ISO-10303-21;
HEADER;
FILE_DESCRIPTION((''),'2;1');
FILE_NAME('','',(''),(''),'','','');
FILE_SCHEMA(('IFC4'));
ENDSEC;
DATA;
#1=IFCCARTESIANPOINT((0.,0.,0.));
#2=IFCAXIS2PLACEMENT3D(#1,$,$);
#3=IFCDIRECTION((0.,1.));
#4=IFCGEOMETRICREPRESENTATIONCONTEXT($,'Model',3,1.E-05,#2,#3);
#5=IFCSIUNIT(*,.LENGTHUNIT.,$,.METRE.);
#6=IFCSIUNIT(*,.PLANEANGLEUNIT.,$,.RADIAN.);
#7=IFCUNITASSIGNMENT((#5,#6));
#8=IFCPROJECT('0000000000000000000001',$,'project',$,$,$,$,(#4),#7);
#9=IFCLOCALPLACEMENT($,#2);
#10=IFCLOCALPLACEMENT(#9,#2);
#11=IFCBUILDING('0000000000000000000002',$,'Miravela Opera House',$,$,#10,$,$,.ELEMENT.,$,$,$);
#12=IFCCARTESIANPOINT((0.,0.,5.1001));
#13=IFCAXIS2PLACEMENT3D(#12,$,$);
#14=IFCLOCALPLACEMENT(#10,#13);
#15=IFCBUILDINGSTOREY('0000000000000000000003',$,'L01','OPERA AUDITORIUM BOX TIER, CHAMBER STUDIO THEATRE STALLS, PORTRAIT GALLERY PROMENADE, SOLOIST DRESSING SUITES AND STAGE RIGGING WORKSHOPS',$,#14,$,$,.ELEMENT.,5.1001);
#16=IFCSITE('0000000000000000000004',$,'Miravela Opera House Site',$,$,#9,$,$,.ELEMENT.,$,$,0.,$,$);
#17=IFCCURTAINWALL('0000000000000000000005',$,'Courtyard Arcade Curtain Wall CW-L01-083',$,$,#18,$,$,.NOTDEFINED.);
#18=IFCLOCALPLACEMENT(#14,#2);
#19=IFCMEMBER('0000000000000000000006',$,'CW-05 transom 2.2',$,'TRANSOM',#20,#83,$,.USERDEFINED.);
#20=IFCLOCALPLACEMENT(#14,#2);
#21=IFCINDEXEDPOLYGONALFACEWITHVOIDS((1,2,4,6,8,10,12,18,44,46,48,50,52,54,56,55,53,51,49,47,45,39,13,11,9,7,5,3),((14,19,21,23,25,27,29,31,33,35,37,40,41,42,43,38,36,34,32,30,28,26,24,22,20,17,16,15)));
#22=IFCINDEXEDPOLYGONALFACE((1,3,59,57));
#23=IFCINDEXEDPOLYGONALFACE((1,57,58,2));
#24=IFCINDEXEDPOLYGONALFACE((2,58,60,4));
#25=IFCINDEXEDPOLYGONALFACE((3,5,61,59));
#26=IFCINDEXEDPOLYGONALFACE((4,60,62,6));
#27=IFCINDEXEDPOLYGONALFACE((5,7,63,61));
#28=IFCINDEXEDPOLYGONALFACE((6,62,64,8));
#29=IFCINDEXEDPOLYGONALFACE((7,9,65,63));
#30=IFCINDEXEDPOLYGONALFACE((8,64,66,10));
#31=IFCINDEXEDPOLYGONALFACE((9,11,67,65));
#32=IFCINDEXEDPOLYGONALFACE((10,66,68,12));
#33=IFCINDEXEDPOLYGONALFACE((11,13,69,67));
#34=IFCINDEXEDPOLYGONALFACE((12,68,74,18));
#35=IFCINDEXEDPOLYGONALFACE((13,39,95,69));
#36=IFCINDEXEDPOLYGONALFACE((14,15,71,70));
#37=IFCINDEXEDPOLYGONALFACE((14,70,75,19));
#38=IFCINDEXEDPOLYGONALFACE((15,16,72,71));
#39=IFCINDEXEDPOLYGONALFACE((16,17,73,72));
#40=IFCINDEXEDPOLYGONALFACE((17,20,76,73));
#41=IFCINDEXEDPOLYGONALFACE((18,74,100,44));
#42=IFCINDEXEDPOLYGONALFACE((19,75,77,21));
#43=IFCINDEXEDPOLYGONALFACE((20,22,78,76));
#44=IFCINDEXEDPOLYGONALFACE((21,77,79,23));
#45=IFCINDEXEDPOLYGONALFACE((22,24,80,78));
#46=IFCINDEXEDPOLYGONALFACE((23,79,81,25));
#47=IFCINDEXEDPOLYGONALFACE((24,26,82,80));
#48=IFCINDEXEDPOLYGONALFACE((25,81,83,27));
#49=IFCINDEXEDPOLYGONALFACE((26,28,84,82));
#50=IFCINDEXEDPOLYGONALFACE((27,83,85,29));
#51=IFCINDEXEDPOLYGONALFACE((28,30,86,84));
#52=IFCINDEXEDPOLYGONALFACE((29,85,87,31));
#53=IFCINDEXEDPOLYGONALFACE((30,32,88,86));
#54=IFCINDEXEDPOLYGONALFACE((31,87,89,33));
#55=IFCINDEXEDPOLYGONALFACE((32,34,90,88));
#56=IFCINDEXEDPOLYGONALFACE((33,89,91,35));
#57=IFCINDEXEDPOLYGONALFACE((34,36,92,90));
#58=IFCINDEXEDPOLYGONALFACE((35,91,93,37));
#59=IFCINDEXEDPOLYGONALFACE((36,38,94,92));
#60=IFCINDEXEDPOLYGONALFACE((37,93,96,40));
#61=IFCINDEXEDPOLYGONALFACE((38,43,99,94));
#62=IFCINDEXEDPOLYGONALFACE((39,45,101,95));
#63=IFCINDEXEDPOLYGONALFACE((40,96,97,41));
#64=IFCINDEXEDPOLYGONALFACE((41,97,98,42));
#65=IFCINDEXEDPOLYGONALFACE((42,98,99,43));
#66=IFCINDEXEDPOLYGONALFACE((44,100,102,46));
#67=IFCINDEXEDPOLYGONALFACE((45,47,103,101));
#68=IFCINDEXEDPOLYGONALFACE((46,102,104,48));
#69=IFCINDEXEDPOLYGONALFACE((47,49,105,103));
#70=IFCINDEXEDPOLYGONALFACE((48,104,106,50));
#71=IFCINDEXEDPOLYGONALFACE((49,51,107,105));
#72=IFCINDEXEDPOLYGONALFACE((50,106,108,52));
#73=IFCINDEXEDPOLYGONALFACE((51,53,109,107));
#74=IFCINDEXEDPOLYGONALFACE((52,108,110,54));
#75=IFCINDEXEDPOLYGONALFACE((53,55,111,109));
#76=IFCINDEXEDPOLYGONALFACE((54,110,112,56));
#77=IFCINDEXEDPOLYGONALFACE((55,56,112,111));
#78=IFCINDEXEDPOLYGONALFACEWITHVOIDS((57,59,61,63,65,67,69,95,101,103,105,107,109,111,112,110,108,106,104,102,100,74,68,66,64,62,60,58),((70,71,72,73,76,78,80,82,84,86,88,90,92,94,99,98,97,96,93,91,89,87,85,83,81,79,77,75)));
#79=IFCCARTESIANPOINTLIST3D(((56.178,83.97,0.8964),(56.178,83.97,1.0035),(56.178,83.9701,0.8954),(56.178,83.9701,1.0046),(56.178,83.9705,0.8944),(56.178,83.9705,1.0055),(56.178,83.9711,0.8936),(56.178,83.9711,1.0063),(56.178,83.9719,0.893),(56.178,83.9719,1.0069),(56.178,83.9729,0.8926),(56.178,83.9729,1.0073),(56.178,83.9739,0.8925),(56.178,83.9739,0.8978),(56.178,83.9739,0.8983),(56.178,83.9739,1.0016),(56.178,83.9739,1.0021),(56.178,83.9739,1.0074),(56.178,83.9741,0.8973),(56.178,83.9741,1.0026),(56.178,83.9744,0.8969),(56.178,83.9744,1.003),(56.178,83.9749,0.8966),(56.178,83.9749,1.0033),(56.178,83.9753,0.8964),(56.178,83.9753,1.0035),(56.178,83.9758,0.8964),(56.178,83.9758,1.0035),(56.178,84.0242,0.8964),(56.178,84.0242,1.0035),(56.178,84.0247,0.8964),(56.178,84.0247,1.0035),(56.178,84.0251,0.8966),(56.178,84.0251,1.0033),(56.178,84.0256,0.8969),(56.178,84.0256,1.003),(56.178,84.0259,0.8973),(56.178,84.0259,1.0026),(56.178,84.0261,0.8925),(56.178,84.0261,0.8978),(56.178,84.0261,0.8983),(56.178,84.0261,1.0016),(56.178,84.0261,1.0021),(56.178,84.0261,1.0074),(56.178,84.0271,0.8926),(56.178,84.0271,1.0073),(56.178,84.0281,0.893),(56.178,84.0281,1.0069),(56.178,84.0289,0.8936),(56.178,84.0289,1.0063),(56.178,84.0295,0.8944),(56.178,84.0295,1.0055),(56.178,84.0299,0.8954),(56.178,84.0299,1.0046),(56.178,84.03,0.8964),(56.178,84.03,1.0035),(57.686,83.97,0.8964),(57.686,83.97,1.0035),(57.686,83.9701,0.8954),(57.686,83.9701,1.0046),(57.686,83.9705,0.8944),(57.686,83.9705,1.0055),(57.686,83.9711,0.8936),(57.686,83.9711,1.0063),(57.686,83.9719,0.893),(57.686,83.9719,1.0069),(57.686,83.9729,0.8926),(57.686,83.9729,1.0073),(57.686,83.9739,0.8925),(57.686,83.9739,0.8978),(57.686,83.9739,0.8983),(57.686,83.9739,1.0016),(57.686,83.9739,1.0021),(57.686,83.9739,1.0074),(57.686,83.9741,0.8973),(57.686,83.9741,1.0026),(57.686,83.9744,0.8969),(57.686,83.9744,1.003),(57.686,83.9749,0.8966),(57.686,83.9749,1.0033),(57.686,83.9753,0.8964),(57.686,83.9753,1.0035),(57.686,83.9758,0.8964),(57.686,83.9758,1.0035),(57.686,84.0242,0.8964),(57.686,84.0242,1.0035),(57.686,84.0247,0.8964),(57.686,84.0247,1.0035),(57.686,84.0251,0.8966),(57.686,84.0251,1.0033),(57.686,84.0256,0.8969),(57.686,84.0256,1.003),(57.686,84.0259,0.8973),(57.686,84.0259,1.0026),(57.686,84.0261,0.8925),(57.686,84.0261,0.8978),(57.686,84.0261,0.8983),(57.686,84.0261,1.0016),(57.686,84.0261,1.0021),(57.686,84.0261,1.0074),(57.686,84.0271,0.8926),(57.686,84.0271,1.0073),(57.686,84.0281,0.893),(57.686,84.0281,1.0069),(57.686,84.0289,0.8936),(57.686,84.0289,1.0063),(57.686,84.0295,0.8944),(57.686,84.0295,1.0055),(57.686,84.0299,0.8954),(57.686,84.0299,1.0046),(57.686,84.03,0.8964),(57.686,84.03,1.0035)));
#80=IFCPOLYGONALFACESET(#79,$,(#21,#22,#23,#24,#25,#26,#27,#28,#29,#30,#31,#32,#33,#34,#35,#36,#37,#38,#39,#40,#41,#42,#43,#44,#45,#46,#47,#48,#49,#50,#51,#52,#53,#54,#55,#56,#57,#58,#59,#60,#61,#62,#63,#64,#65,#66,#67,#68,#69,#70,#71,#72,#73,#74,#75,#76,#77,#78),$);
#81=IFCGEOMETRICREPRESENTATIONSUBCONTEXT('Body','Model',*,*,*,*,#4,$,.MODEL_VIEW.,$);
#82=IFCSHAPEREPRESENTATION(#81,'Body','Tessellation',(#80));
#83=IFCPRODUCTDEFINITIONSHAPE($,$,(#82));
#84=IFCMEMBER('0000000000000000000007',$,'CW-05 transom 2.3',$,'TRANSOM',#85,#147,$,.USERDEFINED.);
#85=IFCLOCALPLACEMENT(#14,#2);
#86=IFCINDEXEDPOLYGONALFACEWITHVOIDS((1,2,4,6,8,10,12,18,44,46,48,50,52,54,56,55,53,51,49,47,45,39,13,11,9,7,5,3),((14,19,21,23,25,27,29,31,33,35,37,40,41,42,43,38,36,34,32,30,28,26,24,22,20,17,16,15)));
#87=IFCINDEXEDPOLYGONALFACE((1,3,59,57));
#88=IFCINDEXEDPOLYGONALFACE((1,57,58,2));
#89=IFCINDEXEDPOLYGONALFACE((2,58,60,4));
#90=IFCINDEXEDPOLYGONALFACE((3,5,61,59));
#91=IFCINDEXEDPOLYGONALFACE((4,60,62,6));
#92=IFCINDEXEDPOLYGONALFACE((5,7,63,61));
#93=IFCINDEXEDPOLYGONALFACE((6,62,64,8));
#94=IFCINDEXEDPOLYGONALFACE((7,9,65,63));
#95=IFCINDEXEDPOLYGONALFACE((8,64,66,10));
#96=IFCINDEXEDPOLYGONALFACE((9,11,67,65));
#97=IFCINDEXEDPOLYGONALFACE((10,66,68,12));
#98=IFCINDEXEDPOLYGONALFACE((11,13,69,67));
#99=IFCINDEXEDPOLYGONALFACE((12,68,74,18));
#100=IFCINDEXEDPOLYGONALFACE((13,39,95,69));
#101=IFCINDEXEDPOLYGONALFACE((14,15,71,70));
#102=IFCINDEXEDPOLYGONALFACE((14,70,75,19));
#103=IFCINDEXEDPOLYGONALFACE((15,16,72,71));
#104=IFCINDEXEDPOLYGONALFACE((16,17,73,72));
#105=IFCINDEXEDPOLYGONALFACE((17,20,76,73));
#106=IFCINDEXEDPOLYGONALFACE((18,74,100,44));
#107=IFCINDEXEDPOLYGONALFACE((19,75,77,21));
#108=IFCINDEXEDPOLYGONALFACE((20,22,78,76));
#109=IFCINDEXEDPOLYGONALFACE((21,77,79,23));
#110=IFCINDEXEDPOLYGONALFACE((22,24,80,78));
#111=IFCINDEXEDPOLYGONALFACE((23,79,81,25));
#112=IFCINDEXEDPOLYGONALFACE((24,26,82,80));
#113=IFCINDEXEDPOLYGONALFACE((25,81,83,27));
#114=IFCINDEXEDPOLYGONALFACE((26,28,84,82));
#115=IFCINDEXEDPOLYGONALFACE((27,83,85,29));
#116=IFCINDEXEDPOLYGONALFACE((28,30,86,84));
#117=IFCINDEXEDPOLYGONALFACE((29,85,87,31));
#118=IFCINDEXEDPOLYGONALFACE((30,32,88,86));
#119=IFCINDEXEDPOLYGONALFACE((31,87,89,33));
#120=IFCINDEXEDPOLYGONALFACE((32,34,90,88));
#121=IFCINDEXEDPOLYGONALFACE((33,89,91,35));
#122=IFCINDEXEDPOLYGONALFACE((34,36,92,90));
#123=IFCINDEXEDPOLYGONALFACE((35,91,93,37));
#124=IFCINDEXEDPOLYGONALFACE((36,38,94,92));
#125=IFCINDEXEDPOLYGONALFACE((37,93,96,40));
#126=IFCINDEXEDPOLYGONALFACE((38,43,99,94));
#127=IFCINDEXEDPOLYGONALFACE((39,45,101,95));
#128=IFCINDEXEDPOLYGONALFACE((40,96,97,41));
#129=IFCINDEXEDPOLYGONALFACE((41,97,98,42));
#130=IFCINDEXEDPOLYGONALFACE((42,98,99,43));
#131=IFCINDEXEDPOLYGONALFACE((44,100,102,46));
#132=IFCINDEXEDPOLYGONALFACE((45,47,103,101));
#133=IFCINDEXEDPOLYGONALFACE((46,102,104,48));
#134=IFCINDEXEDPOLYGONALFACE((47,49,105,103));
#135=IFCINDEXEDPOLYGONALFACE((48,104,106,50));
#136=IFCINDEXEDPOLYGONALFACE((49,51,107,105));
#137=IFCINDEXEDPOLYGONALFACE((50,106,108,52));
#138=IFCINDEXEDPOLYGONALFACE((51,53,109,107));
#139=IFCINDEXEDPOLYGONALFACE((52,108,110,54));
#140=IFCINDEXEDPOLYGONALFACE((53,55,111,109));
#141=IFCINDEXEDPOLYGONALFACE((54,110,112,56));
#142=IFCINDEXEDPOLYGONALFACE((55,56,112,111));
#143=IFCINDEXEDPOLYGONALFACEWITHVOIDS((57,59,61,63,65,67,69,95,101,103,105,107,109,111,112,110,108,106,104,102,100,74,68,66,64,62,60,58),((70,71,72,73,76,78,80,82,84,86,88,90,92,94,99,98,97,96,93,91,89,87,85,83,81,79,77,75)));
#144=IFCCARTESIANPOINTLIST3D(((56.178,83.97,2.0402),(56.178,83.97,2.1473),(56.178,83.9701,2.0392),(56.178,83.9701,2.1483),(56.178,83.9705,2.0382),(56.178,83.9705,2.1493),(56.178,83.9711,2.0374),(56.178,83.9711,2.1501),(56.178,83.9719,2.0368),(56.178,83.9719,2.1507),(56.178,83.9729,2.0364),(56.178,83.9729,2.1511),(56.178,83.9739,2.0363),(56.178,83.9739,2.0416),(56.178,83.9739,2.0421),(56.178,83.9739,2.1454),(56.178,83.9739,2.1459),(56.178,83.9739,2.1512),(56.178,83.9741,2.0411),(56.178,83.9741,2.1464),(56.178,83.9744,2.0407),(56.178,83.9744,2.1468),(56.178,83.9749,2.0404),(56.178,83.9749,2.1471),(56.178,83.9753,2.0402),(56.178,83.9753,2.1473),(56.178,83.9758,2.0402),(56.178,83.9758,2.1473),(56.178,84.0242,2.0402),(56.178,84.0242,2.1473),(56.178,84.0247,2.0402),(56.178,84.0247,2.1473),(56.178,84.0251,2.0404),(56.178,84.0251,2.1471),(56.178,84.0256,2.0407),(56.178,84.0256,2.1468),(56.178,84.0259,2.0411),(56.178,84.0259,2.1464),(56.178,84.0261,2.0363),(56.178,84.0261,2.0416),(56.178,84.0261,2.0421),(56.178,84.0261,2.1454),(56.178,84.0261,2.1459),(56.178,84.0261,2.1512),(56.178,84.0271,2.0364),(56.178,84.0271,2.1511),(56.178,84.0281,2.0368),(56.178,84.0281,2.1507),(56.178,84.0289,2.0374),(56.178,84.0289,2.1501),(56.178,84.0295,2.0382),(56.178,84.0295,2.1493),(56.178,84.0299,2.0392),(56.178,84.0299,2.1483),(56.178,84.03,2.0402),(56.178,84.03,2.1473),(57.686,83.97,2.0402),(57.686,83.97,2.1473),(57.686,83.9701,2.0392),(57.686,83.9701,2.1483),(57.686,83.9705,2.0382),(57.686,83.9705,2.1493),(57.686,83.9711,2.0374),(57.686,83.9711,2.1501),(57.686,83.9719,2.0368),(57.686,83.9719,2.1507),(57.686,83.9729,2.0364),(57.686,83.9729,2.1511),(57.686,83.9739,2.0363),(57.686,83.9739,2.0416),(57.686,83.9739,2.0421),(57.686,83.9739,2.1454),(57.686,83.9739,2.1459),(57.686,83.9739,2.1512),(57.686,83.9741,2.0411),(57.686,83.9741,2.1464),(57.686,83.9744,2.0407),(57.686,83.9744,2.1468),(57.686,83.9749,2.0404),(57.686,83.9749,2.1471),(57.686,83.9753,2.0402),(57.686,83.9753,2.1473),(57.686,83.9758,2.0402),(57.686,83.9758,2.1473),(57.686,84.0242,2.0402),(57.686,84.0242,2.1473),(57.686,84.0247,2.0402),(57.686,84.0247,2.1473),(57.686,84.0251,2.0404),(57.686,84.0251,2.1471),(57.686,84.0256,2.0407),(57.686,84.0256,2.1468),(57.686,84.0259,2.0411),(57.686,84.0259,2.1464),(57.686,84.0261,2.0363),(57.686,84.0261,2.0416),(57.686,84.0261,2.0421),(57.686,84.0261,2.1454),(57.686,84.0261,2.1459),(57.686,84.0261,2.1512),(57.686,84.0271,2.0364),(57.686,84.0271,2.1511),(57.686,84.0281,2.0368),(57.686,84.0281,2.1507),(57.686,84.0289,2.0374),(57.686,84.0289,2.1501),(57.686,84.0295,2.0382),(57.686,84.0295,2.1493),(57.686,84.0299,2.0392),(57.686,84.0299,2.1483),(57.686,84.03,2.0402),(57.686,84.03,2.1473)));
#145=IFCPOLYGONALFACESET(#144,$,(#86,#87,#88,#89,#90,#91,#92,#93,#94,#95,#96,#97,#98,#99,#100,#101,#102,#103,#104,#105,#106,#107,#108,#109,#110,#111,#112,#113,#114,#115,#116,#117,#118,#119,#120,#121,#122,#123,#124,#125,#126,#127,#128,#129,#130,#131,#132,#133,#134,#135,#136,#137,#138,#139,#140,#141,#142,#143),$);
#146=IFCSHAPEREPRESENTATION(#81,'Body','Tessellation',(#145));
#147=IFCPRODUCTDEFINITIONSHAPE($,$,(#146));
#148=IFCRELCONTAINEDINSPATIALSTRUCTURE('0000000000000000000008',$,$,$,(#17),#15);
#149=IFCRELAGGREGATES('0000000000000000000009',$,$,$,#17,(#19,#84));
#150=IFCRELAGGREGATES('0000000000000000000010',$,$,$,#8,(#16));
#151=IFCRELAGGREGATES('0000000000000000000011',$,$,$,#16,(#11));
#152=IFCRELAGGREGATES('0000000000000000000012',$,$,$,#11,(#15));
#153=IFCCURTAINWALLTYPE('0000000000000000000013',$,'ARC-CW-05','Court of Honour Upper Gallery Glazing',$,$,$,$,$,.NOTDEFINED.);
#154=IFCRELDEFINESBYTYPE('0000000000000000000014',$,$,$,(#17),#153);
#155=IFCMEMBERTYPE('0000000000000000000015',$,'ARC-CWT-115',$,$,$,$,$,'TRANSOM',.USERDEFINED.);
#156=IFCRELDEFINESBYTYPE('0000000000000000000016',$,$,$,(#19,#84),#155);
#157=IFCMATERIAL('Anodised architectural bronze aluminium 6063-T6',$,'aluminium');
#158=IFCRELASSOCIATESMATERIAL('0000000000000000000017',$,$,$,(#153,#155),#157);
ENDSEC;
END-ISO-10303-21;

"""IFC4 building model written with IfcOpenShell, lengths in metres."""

from ifc_helpers import new_model, si_unit, direction, frame, origin, origin_2d, place, context, subcontext, project, spatial, hollow_rectangle, extrude, material, material_profile, profile_set, type_object, element, aggregate, save


model = new_model("IFC4")

# Units and contexts
model_context = context("Model", 3, precision=1e-05, world=origin(), true_north=direction((0.0, 1.0)))
body_context = subcontext(model_context, "Body", "Model", "MODEL_VIEW")
ifc_project = project(units=[si_unit("LENGTHUNIT", "METRE"), si_unit("PLANEANGLEUNIT", "RADIAN")], contexts=[model_context])

# Site, building, storey
site_placement = place(None, origin())
site = spatial("IfcSite", under=ifc_project, at=site_placement, Name="Miravela Opera House Site", CompositionType="ELEMENT", RefElevation=0.0)
building_placement = place(site_placement, origin())
building = spatial("IfcBuilding", under=site, at=building_placement, Name="Miravela Opera House", CompositionType="ELEMENT")
storey_placement = place(building_placement, frame((0.0, 0.0, 5.1001)))
storey = spatial("IfcBuildingStorey", under=building, at=storey_placement, Name="L01", Description="OPERA AUDITORIUM BOX TIER, CHAMBER STUDIO THEATRE STALLS, PORTRAIT GALLERY PROMENADE, SOLOIST DRESSING SUITES AND STAGE RIGGING WORKSHOPS", CompositionType="ELEMENT", Elevation=5.1001)

# Curtain wall, members
ifc_material_1 = material(Name="Anodised architectural bronze aluminium 6063-T6", Category="aluminium")
curtain_wall_type = type_object("IfcCurtainWallType", Name="ARC-CW-05", Description="Court of Honour Upper Gallery Glazing", PredefinedType="NOTDEFINED", material=ifc_material_1)
curtain_wall_placement = place(storey_placement, origin())
curtain_wall = element("IfcCurtainWall", 1, at=curtain_wall_placement, inside=storey, type_object=curtain_wall_type, Name="Courtyard Arcade Curtain Wall CW-L01-083", PredefinedType="NOTDEFINED")
ifc_material_profile_1 = material_profile(ifc_material_1, hollow_rectangle(XDim=0.0601, YDim=0.115, WallThickness=0.0039, InnerFilletRadius=0.002, OuterFilletRadius=0.0039, at=origin_2d()), Name="CWT-60X115")
ifc_profile_set_1 = profile_set([ifc_material_profile_1])
member_type_1 = type_object("IfcMemberType", Name="ARC-CWT-115", ElementType="TRANSOM", PredefinedType="USERDEFINED", material=ifc_profile_set_1)
member_1_placement = place(storey_placement, frame((56.178, 84.0, 0.95), z_axis=(1.0, 0.0, 0.0), x_axis=(0.0, 1.0, 0.0)))
member_1 = element("IfcMember", 2, at=member_1_placement, type_object=member_type_1, Name="CW-05 transom 2.2", ObjectType="TRANSOM", PredefinedType="USERDEFINED", context=body_context, shape_type="SweptSolid", body=[
    extrude(hollow_rectangle(XDim=0.0601, YDim=0.115, WallThickness=0.0039, InnerFilletRadius=0.002, OuterFilletRadius=0.0039, at=origin_2d()), origin(), (0.0, 0.0, 1.0), 1.5081),
])
member_2_placement = place(storey_placement, frame((56.178, 84.0, 2.0938), z_axis=(1.0, 0.0, 0.0), x_axis=(0.0, 1.0, 0.0)))
member_2 = element("IfcMember", 3, at=member_2_placement, type_object=member_type_1, Name="CW-05 transom 2.3", ObjectType="TRANSOM", PredefinedType="USERDEFINED", context=body_context, shape_type="SweptSolid", body=[
    extrude(hollow_rectangle(XDim=0.0601, YDim=0.115, WallThickness=0.0039, InnerFilletRadius=0.002, OuterFilletRadius=0.0039, at=origin_2d()), origin(), (0.0, 0.0, 1.0), 1.5081),
])
aggregate(curtain_wall, [member_1, member_2])

save(model, "model.ifc")
